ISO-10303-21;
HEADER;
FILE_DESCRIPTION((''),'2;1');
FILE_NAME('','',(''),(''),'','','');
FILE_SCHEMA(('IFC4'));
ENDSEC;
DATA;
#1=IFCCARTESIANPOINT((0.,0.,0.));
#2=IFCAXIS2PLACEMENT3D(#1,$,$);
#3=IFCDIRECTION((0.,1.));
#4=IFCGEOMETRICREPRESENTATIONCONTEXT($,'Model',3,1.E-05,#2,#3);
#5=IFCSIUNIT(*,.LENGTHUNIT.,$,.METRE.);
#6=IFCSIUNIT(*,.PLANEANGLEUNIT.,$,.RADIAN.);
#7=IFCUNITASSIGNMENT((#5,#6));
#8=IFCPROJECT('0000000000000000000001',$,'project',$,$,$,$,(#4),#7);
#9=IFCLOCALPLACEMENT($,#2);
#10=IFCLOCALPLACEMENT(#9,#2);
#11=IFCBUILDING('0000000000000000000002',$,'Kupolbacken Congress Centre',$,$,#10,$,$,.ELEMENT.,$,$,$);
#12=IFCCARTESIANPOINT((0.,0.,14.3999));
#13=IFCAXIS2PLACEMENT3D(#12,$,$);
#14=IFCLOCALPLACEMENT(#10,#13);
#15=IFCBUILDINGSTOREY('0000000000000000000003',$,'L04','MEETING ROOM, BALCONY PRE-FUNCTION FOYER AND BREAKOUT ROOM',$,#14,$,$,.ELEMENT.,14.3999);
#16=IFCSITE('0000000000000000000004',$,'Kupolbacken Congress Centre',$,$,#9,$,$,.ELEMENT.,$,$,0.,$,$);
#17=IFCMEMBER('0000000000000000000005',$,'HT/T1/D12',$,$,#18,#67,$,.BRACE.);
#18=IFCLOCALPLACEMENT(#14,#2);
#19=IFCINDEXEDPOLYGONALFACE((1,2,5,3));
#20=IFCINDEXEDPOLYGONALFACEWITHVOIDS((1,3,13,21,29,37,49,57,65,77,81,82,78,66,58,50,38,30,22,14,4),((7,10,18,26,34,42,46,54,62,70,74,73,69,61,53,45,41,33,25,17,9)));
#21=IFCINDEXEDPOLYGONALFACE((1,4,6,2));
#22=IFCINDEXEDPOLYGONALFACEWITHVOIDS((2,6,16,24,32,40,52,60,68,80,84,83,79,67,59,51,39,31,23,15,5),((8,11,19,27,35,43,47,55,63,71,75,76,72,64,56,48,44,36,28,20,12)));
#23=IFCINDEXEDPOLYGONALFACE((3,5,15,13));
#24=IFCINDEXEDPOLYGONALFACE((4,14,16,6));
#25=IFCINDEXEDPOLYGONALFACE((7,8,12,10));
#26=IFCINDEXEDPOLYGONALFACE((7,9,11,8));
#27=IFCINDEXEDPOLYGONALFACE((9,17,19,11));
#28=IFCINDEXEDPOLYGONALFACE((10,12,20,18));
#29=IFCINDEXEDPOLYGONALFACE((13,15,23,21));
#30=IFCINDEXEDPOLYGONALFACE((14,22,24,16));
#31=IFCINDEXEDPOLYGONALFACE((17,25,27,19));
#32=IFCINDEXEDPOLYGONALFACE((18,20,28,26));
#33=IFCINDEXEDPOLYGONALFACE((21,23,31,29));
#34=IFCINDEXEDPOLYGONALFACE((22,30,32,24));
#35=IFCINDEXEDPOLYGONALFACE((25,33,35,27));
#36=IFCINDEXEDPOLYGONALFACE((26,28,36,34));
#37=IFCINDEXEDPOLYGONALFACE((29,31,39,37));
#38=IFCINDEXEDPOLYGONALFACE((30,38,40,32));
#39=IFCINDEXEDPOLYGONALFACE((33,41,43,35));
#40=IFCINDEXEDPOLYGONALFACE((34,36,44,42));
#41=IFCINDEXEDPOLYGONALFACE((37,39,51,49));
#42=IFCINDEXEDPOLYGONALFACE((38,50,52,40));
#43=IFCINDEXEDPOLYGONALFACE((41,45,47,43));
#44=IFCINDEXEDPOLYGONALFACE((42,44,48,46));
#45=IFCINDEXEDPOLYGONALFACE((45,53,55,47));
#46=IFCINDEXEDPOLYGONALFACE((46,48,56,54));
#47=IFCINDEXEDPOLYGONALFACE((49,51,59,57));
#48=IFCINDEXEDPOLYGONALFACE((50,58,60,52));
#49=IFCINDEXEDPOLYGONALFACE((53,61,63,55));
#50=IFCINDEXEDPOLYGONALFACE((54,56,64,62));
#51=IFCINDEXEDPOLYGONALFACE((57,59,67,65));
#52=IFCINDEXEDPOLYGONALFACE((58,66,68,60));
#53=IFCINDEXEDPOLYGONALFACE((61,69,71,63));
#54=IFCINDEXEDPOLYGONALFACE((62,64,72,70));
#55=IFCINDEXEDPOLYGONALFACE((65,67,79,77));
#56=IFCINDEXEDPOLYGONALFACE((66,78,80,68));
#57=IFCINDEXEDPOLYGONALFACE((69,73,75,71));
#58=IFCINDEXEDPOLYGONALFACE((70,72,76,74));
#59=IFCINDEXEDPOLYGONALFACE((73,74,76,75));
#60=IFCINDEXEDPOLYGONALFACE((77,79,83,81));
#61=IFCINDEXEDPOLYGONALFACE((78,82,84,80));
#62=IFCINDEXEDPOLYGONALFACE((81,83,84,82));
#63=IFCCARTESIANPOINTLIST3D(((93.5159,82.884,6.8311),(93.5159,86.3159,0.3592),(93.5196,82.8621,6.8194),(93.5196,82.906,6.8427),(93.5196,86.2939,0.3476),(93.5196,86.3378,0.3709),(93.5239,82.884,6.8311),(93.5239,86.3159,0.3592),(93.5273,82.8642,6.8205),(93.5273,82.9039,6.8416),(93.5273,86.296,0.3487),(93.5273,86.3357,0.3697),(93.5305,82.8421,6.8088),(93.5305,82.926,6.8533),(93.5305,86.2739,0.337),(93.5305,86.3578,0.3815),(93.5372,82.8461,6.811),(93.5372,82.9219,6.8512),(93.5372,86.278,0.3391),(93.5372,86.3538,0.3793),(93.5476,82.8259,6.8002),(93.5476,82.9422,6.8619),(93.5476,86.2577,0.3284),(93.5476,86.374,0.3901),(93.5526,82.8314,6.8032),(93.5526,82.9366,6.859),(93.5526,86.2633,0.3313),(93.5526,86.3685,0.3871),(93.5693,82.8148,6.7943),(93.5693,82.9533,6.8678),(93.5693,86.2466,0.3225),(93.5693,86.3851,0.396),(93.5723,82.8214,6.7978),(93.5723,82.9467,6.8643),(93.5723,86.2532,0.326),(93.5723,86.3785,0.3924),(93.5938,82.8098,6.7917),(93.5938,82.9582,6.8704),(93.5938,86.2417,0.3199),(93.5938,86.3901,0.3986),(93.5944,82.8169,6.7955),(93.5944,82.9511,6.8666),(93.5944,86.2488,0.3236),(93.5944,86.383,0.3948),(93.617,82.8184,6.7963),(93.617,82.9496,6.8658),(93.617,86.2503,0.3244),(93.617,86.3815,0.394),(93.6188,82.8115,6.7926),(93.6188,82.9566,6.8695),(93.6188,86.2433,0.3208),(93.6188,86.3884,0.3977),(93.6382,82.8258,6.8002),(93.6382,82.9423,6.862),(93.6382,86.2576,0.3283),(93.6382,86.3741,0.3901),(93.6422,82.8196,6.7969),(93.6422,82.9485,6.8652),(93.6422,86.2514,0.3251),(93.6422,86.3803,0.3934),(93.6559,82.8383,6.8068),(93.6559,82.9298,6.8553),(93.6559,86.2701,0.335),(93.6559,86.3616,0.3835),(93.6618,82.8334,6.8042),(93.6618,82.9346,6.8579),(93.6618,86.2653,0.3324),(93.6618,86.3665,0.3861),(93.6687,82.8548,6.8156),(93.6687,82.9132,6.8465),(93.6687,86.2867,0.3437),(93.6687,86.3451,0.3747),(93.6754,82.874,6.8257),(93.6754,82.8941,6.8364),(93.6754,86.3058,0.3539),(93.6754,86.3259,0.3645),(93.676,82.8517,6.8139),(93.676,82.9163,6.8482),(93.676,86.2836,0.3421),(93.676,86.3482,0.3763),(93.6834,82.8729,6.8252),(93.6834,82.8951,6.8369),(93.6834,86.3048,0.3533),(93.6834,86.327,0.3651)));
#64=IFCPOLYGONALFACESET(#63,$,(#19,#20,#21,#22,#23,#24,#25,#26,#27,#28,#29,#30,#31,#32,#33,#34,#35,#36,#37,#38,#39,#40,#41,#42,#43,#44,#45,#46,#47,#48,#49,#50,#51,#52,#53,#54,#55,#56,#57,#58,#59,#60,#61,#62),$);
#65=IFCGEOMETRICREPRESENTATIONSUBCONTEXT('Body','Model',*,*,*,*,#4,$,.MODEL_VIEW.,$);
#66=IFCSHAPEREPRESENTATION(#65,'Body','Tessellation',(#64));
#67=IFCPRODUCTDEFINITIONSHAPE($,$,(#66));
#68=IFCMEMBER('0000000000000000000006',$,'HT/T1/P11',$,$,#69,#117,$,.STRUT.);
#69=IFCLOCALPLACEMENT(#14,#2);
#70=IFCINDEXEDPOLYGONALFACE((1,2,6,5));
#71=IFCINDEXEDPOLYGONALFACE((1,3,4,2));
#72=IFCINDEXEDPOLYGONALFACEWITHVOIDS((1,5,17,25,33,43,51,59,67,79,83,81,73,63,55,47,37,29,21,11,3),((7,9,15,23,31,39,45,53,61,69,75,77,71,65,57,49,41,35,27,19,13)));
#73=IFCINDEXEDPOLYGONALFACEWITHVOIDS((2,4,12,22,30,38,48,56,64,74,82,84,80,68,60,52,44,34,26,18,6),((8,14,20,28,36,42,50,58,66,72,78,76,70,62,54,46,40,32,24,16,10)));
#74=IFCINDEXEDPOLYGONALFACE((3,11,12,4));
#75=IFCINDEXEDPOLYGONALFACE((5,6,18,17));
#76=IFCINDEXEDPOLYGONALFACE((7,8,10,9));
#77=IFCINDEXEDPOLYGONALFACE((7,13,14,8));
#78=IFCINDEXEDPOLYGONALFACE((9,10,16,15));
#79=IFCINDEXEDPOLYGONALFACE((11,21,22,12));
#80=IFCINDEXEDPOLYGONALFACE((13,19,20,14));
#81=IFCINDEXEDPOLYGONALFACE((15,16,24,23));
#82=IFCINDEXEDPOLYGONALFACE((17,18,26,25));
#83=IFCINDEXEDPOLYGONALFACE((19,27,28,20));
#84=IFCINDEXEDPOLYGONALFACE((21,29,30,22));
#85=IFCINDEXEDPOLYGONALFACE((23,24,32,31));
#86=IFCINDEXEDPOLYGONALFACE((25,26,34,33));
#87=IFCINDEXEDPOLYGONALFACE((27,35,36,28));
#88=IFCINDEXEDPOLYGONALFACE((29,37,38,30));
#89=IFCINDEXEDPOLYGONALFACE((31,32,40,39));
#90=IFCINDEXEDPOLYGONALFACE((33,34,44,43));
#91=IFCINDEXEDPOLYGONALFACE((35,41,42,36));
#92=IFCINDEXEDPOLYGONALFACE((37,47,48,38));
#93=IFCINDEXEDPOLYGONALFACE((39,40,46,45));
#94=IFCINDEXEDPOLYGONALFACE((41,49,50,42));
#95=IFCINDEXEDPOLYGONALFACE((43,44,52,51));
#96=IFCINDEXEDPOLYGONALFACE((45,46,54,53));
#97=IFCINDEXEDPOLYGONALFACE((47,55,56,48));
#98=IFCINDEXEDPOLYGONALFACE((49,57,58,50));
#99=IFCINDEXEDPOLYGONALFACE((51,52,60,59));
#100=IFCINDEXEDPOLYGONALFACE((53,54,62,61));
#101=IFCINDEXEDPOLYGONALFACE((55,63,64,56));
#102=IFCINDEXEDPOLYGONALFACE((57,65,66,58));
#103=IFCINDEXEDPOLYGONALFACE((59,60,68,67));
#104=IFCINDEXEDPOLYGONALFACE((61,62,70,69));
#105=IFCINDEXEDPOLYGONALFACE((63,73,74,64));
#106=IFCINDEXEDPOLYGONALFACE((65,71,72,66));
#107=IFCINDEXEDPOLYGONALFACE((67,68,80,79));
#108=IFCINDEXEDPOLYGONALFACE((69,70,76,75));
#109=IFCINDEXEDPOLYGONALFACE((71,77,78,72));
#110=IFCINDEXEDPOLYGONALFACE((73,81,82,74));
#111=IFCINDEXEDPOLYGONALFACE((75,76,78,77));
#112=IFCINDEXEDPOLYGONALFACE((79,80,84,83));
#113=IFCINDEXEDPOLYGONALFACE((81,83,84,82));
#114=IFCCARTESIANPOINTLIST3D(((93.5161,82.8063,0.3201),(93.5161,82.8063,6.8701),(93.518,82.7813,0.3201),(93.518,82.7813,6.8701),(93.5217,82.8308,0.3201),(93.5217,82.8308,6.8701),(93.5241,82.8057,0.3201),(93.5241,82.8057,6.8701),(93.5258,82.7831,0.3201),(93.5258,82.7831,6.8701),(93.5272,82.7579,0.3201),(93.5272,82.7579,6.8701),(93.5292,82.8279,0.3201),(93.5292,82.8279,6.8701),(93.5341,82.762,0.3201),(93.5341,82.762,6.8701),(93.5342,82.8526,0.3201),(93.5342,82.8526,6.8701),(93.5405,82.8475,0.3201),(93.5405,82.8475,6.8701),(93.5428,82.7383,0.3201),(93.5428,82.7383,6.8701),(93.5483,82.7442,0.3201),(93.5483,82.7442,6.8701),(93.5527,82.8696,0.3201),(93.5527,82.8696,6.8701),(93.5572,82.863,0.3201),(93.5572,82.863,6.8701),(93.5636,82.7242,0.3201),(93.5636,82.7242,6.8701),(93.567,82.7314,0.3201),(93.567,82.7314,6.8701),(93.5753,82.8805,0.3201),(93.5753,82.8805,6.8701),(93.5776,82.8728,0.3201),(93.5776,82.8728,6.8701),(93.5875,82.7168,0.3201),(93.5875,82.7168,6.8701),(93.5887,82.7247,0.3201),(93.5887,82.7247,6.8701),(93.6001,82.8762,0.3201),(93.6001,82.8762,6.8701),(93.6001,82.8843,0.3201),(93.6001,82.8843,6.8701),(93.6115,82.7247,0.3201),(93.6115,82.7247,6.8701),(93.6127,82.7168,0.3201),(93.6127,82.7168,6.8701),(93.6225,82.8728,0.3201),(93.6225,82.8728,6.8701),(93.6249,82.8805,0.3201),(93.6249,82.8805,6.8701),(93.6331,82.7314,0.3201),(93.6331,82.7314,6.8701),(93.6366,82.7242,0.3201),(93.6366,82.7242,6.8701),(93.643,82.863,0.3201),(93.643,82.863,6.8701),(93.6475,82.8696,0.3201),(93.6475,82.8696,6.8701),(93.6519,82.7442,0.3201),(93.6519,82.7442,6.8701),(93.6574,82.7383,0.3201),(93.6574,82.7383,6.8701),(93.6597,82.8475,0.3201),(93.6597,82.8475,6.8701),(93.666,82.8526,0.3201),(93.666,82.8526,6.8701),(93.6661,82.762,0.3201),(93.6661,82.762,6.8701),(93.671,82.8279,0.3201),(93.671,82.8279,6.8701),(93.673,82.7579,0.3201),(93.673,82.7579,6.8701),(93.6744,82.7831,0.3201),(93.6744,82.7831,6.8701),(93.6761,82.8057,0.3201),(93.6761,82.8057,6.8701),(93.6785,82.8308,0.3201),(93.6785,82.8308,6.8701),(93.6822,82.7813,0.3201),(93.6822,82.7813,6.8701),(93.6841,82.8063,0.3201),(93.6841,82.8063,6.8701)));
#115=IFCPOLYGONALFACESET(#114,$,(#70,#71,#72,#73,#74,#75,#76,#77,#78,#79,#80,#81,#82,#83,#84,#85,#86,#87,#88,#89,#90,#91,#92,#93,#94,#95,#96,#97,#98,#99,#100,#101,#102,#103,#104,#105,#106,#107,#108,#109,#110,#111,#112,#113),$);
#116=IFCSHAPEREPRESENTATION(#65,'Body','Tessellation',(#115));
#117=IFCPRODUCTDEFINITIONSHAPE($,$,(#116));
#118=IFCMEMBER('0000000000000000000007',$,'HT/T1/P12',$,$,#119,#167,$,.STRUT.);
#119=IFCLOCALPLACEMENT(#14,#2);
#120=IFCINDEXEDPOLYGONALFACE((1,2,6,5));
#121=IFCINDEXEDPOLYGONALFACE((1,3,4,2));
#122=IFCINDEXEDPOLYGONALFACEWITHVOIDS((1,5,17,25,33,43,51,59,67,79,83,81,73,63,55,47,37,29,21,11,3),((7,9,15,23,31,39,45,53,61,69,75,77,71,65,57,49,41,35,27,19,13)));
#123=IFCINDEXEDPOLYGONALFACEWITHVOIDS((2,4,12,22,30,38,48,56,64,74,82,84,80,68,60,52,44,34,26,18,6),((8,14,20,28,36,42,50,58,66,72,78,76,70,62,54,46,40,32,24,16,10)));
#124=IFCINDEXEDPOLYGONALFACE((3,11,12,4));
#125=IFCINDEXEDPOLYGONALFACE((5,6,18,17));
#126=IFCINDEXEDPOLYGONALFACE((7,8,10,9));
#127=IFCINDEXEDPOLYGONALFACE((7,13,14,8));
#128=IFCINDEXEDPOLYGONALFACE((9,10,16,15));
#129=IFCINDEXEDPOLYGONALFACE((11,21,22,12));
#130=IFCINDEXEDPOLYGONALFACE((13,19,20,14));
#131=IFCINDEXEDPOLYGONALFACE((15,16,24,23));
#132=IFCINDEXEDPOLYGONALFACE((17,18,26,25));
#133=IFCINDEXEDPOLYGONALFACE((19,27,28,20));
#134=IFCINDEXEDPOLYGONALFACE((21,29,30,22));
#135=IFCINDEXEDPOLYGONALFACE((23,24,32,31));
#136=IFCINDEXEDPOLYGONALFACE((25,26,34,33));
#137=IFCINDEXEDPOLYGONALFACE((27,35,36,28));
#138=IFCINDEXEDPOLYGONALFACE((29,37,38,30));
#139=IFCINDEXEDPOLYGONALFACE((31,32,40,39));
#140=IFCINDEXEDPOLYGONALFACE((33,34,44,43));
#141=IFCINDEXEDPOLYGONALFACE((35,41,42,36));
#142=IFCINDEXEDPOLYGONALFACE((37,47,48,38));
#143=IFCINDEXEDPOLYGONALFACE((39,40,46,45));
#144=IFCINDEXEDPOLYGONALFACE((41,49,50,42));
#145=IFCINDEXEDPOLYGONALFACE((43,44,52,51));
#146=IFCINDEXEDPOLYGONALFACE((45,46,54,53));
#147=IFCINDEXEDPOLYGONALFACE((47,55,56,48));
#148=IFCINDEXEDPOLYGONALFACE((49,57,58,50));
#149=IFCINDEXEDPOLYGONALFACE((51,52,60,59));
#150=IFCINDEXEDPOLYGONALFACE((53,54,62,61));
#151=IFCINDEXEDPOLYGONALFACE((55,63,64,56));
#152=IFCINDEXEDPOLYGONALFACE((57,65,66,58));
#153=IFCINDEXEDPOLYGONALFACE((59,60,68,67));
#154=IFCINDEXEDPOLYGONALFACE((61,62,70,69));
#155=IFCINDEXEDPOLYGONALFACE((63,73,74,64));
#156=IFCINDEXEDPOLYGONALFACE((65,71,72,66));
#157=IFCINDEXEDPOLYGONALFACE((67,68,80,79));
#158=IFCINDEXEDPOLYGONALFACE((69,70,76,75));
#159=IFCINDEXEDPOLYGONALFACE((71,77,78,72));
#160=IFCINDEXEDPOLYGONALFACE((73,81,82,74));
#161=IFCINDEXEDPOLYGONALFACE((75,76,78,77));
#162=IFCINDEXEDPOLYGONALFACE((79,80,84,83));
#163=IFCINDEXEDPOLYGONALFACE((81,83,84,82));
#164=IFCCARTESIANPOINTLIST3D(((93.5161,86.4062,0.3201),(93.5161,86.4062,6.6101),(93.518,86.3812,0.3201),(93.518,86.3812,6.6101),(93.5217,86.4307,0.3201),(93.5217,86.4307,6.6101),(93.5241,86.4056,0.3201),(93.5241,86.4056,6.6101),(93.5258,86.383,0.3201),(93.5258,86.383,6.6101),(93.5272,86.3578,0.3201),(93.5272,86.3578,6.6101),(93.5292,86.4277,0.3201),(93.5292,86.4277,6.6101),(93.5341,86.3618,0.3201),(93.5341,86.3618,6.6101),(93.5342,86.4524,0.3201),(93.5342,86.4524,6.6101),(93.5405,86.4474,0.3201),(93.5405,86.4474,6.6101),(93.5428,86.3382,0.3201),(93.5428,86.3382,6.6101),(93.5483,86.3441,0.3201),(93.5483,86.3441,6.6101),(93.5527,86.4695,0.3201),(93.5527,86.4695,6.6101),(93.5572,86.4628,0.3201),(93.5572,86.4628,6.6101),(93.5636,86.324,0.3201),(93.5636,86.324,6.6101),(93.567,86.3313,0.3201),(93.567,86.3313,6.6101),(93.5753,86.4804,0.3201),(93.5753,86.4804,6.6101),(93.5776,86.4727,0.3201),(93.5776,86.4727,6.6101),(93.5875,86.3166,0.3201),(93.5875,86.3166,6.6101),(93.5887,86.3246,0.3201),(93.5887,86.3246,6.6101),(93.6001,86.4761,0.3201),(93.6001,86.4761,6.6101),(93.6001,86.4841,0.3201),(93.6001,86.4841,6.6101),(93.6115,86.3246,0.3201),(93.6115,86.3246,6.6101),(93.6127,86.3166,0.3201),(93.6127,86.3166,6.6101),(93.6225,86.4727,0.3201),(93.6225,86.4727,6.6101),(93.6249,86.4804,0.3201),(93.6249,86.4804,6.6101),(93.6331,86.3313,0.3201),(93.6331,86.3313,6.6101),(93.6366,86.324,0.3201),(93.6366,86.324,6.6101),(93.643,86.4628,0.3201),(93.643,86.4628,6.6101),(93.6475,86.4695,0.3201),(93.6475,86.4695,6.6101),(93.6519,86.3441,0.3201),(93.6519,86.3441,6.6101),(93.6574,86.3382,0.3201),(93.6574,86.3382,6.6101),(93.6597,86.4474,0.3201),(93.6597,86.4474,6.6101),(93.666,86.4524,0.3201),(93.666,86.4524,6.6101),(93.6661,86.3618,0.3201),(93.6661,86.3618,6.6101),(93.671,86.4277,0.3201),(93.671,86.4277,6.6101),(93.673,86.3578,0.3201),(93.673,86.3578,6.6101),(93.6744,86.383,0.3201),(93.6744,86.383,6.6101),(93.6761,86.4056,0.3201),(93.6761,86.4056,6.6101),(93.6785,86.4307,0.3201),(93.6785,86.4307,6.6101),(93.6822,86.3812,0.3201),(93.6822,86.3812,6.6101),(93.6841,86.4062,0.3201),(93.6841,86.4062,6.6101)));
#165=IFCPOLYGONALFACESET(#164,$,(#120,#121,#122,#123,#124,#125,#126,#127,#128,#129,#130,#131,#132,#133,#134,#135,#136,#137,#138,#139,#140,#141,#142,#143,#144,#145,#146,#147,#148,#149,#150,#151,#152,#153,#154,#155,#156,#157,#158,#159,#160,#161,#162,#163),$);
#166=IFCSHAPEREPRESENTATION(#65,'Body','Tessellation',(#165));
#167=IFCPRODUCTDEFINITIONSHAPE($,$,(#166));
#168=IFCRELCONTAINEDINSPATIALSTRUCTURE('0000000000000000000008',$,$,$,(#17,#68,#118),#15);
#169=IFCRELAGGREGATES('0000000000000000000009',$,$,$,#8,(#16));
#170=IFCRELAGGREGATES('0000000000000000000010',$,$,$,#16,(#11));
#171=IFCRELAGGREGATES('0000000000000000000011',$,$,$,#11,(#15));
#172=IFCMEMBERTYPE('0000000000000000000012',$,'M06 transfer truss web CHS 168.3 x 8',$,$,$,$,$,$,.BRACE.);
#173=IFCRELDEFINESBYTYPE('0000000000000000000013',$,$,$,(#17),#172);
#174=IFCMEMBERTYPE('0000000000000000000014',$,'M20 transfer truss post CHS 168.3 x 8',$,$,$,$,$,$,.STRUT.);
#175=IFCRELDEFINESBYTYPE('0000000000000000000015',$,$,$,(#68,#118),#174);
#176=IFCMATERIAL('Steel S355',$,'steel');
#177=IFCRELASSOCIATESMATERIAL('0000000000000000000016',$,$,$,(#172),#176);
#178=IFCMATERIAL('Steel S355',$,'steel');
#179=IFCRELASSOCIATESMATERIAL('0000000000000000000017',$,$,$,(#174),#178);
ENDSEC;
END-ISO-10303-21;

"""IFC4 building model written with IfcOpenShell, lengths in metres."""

from ifc_helpers import new_model, si_unit, direction, frame, origin, origin_2d, place, context, subcontext, project, spatial, hollow_circle, extrude, material, material_profile, profile_set, type_object, element, save


model = new_model("IFC4")

# Units and contexts
model_context = context("Model", 3, precision=1e-05, world=origin(), true_north=direction((0.0, 1.0)))
body_context = subcontext(model_context, "Body", "Model", "MODEL_VIEW")
ifc_project = project(units=[si_unit("LENGTHUNIT", "METRE"), si_unit("PLANEANGLEUNIT", "RADIAN")], contexts=[model_context])

# Site, building, storey
site_placement = place(None, origin())
site = spatial("IfcSite", under=ifc_project, at=site_placement, Name="Kupolbacken Congress Centre", CompositionType="ELEMENT", RefElevation=0.0)
building_placement = place(site_placement, origin())
building = spatial("IfcBuilding", under=site, at=building_placement, Name="Kupolbacken Congress Centre", CompositionType="ELEMENT")
storey_placement = place(building_placement, frame((0.0, 0.0, 14.3999)))
storey = spatial("IfcBuildingStorey", under=building, at=storey_placement, Name="L04", Description="MEETING ROOM, BALCONY PRE-FUNCTION FOYER AND BREAKOUT ROOM", CompositionType="ELEMENT", Elevation=14.3999)

# Members
ifc_material_1 = material(Name="Steel S355", Category="steel")
ifc_material_profile_1 = material_profile(ifc_material_1, hollow_circle(Radius=0.0842, WallThickness=0.0081, at=origin_2d()), Name="CHS 168.3 x 8")
ifc_profile_set_1 = profile_set([ifc_material_profile_1], Name="Steel S355")
member_type_1 = type_object("IfcMemberType", Name="M06 transfer truss web CHS 168.3 x 8", PredefinedType="BRACE", material=ifc_profile_set_1)
member_1_placement = place(storey_placement, frame((93.6001, 82.884, 6.8311), z_axis=(0.0, 0.468482, -0.883473), x_axis=(-1.0, 0.0, 0.0)))
element("IfcMember", 1, at=member_1_placement, inside=storey, type_object=member_type_1, Name="HT/T1/D12", PredefinedType="BRACE", context=body_context, shape_type="SweptSolid", body=[
    extrude(hollow_circle(Radius=0.0842, WallThickness=0.0081, at=origin_2d()), origin(), (0.0, 0.0, 1.0), 7.3254),
])
ifc_material_2 = material(Name="Steel S355", Category="steel")
ifc_material_profile_2 = material_profile(ifc_material_2, hollow_circle(Radius=0.0842, WallThickness=0.0081, at=origin_2d()), Name="CHS 168.3 x 8")
ifc_profile_set_2 = profile_set([ifc_material_profile_2], Name="Steel S355")
member_type_2 = type_object("IfcMemberType", Name="M20 transfer truss post CHS 168.3 x 8", PredefinedType="STRUT", material=ifc_profile_set_2)
member_2_placement = place(storey_placement, frame((93.6001, 82.8, 0.3201), z_axis=(0.0, 0.0, 1.0), x_axis=(0.0, 1.0, 0.0)))
element("IfcMember", 2, at=member_2_placement, inside=storey, type_object=member_type_2, Name="HT/T1/P11", PredefinedType="STRUT", context=body_context, shape_type="SweptSolid", body=[
    extrude(hollow_circle(Radius=0.0842, WallThickness=0.0081, at=origin_2d()), origin(), (0.0, 0.0, 1.0), 6.55),
])
for number, where, z_axis, x_axis, name in (
    (3, (93.6001, 86.3999, 0.3201), (0.0, 0.0, 1.0), (0.0, 1.0, 0.0), "HT/T1/P12"),
):
    element("IfcMember", number, at=place(storey_placement, frame(where, z_axis=z_axis, x_axis=x_axis)), inside=storey, type_object=member_type_2, Name=name, PredefinedType="STRUT", context=body_context, shape_type="SweptSolid", body=[
        extrude(hollow_circle(Radius=0.0842, WallThickness=0.0081, at=origin_2d()), origin(), (0.0, 0.0, 1.0), 6.29),
    ])

save(model, "model.ifc")
